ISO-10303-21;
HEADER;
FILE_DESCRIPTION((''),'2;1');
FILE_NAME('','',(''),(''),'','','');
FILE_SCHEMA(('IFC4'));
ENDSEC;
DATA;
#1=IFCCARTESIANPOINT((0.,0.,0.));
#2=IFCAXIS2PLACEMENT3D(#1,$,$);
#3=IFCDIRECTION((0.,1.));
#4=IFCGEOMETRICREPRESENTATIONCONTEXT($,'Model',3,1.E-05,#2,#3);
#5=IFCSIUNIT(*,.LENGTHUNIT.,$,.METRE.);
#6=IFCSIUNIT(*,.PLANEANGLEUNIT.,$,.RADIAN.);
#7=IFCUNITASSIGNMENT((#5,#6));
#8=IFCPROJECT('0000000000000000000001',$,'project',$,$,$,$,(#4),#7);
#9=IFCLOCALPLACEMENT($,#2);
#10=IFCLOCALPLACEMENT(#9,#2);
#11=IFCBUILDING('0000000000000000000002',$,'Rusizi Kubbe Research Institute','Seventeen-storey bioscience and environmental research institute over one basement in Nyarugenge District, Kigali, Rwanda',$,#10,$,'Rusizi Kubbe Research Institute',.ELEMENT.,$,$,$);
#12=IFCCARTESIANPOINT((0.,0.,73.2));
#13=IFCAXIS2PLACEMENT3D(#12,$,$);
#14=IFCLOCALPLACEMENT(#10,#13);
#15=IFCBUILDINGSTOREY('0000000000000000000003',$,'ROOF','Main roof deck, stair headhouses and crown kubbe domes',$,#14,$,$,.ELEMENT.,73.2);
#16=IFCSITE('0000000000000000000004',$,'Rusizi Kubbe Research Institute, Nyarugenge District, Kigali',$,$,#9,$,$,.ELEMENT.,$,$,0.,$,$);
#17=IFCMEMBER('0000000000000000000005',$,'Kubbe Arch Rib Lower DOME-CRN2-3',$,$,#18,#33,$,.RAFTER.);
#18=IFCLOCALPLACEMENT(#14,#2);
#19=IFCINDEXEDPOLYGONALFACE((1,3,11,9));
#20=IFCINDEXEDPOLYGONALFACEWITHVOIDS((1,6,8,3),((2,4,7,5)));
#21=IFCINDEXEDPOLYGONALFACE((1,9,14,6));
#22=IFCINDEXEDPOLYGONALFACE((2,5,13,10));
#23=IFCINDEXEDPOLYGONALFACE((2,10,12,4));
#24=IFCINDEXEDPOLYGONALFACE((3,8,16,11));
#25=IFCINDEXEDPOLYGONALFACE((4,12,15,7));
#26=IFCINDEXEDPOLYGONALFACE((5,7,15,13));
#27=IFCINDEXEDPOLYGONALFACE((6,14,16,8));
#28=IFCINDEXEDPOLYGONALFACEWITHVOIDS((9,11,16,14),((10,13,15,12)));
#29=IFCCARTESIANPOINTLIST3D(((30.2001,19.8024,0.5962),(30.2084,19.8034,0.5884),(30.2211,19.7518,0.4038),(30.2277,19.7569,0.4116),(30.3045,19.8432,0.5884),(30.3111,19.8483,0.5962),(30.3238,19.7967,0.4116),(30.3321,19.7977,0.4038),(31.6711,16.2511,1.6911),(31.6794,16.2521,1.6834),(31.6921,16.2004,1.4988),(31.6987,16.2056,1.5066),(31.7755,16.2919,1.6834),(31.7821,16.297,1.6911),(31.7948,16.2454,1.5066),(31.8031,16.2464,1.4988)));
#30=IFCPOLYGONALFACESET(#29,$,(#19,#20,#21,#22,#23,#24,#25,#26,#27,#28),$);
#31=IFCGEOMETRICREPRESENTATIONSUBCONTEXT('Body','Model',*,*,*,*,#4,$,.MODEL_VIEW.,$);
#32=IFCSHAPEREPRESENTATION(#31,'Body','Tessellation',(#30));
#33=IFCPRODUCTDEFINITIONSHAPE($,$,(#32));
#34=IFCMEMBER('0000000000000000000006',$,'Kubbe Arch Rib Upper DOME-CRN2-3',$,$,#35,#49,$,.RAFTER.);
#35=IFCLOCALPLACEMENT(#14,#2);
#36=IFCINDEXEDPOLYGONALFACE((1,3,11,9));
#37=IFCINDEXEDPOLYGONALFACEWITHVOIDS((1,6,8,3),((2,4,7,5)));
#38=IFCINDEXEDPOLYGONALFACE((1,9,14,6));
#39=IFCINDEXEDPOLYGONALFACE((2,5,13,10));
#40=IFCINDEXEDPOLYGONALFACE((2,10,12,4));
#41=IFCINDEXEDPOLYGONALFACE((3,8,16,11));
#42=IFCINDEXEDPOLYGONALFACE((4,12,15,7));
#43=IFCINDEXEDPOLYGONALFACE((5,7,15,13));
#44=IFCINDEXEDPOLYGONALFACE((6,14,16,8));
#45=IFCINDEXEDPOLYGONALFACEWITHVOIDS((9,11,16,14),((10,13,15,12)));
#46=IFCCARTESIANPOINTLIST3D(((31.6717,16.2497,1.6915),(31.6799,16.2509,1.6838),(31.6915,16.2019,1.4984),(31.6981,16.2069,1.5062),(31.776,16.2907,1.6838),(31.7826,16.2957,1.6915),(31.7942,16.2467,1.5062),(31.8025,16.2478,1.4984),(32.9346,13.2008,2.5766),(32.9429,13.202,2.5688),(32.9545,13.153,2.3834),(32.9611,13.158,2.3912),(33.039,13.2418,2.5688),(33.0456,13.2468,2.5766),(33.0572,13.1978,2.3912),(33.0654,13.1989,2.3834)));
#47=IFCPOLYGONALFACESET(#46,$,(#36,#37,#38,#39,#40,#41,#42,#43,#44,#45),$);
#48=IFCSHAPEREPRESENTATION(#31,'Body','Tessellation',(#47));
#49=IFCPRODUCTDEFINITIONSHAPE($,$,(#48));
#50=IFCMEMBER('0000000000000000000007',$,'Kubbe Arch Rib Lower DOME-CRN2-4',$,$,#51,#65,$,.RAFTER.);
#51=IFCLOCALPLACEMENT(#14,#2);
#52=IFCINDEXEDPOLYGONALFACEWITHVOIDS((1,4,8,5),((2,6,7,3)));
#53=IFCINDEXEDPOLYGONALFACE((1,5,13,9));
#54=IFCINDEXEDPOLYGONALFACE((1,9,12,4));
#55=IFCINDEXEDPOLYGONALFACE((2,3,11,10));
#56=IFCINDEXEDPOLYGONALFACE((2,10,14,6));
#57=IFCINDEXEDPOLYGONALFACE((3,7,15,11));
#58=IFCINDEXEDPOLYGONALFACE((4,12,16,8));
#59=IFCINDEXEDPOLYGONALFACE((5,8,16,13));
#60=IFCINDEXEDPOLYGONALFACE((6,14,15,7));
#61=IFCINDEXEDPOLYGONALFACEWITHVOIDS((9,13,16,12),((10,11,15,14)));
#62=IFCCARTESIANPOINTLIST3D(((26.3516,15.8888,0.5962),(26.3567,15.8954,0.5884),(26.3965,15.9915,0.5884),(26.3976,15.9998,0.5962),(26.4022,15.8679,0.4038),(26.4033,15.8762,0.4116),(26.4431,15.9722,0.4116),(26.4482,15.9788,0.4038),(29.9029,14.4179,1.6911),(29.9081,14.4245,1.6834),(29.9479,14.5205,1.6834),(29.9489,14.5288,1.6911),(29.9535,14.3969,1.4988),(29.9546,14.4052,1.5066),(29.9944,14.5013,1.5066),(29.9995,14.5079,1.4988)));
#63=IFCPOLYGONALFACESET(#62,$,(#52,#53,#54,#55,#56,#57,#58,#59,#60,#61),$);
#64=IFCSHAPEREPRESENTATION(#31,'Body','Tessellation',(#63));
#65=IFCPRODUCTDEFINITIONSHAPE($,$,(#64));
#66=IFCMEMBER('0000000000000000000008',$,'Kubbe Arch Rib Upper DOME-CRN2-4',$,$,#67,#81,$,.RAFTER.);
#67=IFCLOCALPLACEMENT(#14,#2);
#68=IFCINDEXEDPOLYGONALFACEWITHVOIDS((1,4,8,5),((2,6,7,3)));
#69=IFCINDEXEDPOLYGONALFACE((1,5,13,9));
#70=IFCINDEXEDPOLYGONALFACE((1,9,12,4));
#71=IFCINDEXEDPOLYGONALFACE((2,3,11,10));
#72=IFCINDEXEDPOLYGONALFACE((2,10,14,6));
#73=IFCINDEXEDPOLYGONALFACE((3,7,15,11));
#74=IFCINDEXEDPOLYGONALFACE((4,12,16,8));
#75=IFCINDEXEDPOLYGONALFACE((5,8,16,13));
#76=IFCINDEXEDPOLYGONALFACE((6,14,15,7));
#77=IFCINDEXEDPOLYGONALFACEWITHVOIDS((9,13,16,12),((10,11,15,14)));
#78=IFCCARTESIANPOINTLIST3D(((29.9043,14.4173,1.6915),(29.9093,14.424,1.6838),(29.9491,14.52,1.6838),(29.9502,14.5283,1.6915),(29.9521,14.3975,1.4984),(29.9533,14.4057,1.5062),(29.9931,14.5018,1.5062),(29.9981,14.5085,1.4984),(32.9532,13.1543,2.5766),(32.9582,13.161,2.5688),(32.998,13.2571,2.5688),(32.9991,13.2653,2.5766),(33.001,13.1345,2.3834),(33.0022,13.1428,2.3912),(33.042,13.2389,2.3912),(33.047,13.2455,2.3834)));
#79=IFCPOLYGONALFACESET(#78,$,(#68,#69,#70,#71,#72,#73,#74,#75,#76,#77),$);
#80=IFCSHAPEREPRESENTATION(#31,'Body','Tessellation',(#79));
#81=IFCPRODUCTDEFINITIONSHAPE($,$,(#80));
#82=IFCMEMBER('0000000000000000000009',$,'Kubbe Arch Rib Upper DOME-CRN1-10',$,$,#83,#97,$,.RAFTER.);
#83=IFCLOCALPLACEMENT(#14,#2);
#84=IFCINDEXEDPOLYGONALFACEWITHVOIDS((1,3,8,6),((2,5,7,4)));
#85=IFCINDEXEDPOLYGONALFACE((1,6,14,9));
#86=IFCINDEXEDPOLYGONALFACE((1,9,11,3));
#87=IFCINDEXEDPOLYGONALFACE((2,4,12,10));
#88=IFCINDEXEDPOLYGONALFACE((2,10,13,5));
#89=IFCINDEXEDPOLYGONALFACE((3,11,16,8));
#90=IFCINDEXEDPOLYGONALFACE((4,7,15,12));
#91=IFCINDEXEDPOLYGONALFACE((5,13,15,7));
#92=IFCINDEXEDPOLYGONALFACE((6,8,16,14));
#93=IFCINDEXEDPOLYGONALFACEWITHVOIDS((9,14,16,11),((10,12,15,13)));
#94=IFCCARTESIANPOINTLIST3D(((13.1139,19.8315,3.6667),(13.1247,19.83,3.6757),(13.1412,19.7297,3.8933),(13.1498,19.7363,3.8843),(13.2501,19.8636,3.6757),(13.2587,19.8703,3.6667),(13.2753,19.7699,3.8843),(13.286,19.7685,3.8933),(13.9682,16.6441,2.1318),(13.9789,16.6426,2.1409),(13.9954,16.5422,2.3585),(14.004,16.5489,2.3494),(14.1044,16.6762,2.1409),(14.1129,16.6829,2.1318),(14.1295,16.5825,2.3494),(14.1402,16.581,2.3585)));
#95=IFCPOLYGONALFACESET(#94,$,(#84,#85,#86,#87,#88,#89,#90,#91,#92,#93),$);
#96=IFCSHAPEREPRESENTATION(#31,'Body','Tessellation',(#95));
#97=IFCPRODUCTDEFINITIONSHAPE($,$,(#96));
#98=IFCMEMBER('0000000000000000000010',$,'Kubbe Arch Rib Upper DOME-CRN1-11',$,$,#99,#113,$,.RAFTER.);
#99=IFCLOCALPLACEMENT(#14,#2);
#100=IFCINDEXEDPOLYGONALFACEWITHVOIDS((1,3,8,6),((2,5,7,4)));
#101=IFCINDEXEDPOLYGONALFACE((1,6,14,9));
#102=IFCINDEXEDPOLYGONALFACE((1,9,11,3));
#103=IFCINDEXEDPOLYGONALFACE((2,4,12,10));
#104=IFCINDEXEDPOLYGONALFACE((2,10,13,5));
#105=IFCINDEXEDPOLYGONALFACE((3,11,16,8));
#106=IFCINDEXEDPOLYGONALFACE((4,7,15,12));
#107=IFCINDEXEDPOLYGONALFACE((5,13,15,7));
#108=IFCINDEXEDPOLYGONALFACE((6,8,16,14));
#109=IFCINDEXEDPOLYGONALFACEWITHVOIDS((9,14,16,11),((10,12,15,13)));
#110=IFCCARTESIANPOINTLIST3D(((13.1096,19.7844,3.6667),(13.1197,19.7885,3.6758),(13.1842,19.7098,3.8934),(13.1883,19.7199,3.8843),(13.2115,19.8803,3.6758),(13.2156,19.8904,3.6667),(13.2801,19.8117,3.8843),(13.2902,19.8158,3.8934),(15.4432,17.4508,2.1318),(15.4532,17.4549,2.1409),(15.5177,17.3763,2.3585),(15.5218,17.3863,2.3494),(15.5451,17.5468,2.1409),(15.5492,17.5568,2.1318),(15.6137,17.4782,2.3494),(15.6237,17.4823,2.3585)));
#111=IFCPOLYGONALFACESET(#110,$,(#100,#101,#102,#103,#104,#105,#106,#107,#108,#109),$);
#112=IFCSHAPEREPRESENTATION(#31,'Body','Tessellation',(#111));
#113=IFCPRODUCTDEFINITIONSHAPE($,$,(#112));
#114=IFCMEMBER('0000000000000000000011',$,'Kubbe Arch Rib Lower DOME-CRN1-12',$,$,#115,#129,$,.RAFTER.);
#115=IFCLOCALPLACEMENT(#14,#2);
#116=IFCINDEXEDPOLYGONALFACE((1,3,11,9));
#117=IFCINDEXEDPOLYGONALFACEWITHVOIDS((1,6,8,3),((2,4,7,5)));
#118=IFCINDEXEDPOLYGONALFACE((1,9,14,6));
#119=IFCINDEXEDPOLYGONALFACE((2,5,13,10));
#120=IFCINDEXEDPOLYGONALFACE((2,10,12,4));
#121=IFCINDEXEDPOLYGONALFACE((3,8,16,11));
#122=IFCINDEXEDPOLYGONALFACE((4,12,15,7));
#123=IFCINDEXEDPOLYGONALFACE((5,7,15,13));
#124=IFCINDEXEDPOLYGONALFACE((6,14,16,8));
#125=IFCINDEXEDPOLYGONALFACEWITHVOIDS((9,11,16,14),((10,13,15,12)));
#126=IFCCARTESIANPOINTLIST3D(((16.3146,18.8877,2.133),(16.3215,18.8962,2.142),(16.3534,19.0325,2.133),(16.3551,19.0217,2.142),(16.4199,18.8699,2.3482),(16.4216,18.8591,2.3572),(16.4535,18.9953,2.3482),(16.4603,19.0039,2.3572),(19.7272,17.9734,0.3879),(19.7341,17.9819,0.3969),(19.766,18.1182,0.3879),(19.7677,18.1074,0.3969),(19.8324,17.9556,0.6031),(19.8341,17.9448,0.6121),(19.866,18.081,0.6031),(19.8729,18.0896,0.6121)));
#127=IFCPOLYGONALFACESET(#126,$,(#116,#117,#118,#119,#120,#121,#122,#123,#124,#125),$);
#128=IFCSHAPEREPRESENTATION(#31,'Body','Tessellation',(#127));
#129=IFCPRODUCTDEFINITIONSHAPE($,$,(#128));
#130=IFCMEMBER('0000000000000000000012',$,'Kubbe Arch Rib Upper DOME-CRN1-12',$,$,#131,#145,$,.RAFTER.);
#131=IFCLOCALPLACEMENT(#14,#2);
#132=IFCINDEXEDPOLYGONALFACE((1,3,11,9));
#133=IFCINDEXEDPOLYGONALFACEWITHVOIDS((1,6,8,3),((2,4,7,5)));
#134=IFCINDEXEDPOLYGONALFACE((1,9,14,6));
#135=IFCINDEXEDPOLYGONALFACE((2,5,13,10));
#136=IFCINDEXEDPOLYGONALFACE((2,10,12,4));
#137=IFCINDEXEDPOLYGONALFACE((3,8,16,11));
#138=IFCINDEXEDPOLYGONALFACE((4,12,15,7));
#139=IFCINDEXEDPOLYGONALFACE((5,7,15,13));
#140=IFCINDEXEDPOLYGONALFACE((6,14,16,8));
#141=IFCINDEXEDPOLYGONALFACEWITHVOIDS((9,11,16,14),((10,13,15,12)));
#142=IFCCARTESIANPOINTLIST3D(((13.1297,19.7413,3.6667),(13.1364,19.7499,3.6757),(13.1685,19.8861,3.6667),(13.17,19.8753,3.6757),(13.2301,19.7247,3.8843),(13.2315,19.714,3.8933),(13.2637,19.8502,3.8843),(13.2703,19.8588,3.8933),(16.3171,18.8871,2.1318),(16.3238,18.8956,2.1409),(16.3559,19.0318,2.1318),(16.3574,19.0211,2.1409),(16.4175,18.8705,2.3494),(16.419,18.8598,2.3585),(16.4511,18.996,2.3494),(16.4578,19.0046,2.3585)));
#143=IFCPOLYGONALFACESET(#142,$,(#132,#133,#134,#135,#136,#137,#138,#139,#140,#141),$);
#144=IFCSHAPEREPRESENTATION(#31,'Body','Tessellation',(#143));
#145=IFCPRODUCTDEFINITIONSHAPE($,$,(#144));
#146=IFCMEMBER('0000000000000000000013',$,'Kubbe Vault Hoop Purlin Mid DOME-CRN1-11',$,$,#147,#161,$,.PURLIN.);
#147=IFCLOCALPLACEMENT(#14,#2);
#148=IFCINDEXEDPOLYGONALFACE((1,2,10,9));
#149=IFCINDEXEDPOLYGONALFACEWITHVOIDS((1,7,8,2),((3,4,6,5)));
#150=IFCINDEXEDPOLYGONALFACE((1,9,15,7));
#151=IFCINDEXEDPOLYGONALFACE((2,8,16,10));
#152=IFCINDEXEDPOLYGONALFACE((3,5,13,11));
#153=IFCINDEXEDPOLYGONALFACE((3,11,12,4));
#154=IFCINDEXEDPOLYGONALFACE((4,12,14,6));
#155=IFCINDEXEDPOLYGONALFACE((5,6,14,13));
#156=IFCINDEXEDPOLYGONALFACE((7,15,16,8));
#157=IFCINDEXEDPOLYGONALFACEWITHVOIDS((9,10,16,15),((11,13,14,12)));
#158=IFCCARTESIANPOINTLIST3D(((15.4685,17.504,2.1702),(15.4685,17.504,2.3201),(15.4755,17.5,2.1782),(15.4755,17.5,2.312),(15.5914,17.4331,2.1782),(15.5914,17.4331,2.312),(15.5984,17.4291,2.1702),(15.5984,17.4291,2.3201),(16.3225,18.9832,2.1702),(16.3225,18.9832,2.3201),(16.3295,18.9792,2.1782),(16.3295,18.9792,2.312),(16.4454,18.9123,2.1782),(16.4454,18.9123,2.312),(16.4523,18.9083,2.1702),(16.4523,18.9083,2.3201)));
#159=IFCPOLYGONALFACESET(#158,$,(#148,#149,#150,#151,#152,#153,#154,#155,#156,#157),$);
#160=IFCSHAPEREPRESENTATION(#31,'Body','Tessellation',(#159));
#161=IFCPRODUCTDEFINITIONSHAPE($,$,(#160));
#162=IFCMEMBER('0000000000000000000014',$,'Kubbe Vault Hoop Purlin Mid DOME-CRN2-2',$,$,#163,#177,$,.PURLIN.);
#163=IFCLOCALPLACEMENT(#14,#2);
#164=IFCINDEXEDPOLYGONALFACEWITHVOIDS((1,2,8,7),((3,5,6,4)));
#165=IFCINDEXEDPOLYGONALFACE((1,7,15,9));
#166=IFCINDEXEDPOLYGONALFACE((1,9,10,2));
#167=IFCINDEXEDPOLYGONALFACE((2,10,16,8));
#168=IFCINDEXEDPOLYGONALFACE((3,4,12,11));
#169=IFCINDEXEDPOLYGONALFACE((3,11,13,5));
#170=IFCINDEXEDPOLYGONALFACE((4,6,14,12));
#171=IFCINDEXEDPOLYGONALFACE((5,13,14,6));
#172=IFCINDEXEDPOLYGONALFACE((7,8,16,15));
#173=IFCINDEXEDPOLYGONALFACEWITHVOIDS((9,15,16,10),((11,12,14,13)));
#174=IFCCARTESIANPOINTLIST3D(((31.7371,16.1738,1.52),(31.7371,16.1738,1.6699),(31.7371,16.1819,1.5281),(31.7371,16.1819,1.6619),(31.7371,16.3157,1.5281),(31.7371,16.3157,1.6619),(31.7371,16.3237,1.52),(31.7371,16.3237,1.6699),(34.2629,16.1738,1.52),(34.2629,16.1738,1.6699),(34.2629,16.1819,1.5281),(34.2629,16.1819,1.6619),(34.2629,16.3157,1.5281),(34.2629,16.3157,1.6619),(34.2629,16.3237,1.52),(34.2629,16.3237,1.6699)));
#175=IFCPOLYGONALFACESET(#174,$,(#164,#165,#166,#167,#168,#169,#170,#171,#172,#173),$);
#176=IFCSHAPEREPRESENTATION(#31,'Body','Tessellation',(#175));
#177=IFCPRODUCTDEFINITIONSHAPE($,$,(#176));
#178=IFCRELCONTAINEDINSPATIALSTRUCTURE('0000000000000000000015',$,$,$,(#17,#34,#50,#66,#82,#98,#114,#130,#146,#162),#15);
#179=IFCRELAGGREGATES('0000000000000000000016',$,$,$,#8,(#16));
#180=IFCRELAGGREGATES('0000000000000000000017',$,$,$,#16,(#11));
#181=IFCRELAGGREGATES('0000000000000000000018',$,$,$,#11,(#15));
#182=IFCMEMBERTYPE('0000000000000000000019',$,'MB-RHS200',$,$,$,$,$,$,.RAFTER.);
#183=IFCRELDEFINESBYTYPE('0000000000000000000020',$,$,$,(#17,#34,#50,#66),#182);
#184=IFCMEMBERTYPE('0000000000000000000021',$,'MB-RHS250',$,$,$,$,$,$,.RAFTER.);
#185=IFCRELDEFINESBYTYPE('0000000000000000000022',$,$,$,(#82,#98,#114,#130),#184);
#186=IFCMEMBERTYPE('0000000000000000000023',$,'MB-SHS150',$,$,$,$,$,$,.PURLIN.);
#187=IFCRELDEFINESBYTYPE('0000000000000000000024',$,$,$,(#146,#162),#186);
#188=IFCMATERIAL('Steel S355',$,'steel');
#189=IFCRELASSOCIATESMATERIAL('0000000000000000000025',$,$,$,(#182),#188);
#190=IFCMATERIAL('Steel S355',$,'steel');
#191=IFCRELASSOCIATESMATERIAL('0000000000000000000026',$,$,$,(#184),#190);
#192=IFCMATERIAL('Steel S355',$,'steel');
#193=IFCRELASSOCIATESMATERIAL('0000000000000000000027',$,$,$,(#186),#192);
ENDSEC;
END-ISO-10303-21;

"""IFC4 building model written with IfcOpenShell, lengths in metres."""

from ifc_helpers import new_model, si_unit, direction, frame, origin, origin_2d, place, context, subcontext, project, spatial, hollow_rectangle, extrude, material, material_profile, profile_set, type_object, element, save


model = new_model("IFC4")

# Units and contexts
model_context = context("Model", 3, precision=1e-05, world=origin(), true_north=direction((0.0, 1.0)))
body_context = subcontext(model_context, "Body", "Model", "MODEL_VIEW")
ifc_project = project(units=[si_unit("LENGTHUNIT", "METRE"), si_unit("PLANEANGLEUNIT", "RADIAN")], contexts=[model_context])

# Site, building, storey
site_placement = place(None, origin())
site = spatial("IfcSite", under=ifc_project, at=site_placement, Name="Rusizi Kubbe Research Institute, Nyarugenge District, Kigali", CompositionType="ELEMENT", RefElevation=0.0)
building_placement = place(site_placement, origin())
building = spatial("IfcBuilding", under=site, at=building_placement, Name="Rusizi Kubbe Research Institute", Description="Seventeen-storey bioscience and environmental research institute over one basement in Nyarugenge District, Kigali, Rwanda", LongName="Rusizi Kubbe Research Institute", CompositionType="ELEMENT")
storey_placement = place(building_placement, frame((0.0, 0.0, 73.2)))
storey = spatial("IfcBuildingStorey", under=building, at=storey_placement, Name="ROOF", Description="Main roof deck, stair headhouses and crown kubbe domes", CompositionType="ELEMENT", Elevation=73.2)

# Members
ifc_material_1 = material(Name="Steel S355", Category="steel")
ifc_material_profile_1 = material_profile(ifc_material_1, hollow_rectangle(XDim=0.1201, YDim=0.2, WallThickness=0.0081, at=origin_2d()), Name="RHS 200x120x8.0")
ifc_profile_set_1 = profile_set([ifc_material_profile_1], Name="Steel S355")
member_type_1 = type_object("IfcMemberType", Name="MB-RHS200", PredefinedType="RAFTER", material=ifc_profile_set_1)
member_1_placement = place(storey_placement, frame((30.2661, 19.8, 0.5), z_axis=(0.368034, -0.888535, 0.273964), x_axis=(0.923883, 0.382675, 0.0)))
element("IfcMember", 1, at=member_1_placement, inside=storey, type_object=member_type_1, Name="Kubbe Arch Rib Lower DOME-CRN2-3", PredefinedType="RAFTER", context=body_context, shape_type="SweptSolid", body=[
    extrude(hollow_rectangle(XDim=0.1201, YDim=0.2, WallThickness=0.0081, at=origin_2d()), origin(), (0.0, 0.0, 1.0), 3.9968),
])
member_2_placement = place(storey_placement, frame((31.7371, 16.2488, 1.595), z_axis=(0.369641, -0.89234, 0.259027), x_axis=(0.923872, 0.382702, 0.0)))
element("IfcMember", 2, at=member_2_placement, inside=storey, type_object=member_type_1, Name="Kubbe Arch Rib Upper DOME-CRN2-3", PredefinedType="RAFTER", context=body_context, shape_type="SweptSolid", body=[
    extrude(hollow_rectangle(XDim=0.1201, YDim=0.2, WallThickness=0.0081, at=origin_2d()), origin(), (0.0, 0.0, 1.0), 3.4167),
])
member_3_placement = place(storey_placement, frame((26.3999, 15.9338, 0.5), z_axis=(0.888535, -0.368034, 0.273964), x_axis=(0.382675, 0.923883, 0.0)))
element("IfcMember", 3, at=member_3_placement, inside=storey, type_object=member_type_1, Name="Kubbe Arch Rib Lower DOME-CRN2-4", PredefinedType="RAFTER", context=body_context, shape_type="SweptSolid", body=[
    extrude(hollow_rectangle(XDim=0.1201, YDim=0.2, WallThickness=0.0081, at=origin_2d()), origin(), (0.0, 0.0, 1.0), 3.9968),
])
member_4_placement = place(storey_placement, frame((29.9512, 14.4629, 1.595), z_axis=(0.89234, -0.369641, 0.259027), x_axis=(0.382702, 0.923872, 0.0)))
element("IfcMember", 4, at=member_4_placement, inside=storey, type_object=member_type_1, Name="Kubbe Arch Rib Upper DOME-CRN2-4", PredefinedType="RAFTER", context=body_context, shape_type="SweptSolid", body=[
    extrude(hollow_rectangle(XDim=0.1201, YDim=0.2, WallThickness=0.0081, at=origin_2d()), origin(), (0.0, 0.0, 1.0), 3.4167),
])
ifc_material_2 = material(Name="Steel S355", Category="steel")
ifc_material_profile_2 = material_profile(ifc_material_2, hollow_rectangle(XDim=0.1499, YDim=0.25, WallThickness=0.01, at=origin_2d()), Name="RHS 250x150x10.0")
ifc_profile_set_2 = profile_set([ifc_material_profile_2], Name="Steel S355")
member_type_2 = type_object("IfcMemberType", Name="MB-RHS250", PredefinedType="RAFTER", material=ifc_profile_set_2)
member_5_placement = place(storey_placement, frame((14.0542, 16.6125, 2.2451), z_axis=(-0.234717, 0.875811, 0.421739), x_axis=(-0.965914, -0.258864, 0.0)))
element("IfcMember", 5, at=member_5_placement, inside=storey, type_object=member_type_2, Name="Kubbe Arch Rib Upper DOME-CRN1-10", PredefinedType="RAFTER", context=body_context, shape_type="SweptSolid", body=[
    extrude(hollow_rectangle(XDim=0.1499, YDim=0.25, WallThickness=0.01, at=origin_2d()), origin(), (0.0, 0.0, 1.0), 3.6394),
])
member_6_placement = place(storey_placement, frame((15.5334, 17.4666, 2.2451), z_axis=(-0.641149, 0.641149, 0.421731), x_axis=(-0.707107, -0.707107, 0.0)))
element("IfcMember", 6, at=member_6_placement, inside=storey, type_object=member_type_2, Name="Kubbe Arch Rib Upper DOME-CRN1-11", PredefinedType="RAFTER", context=body_context, shape_type="SweptSolid", body=[
    extrude(hollow_rectangle(XDim=0.1499, YDim=0.25, WallThickness=0.01, at=origin_2d()), origin(), (0.0, 0.0, 1.0), 3.6396),
])
member_7_placement = place(storey_placement, frame((19.8, 18.0315, 0.5), z_axis=(-0.866041, 0.232031, 0.442872), x_axis=(-0.258794, -0.965933, 0.0)))
element("IfcMember", 7, at=member_7_placement, inside=storey, type_object=member_type_2, Name="Kubbe Arch Rib Lower DOME-CRN1-12", PredefinedType="RAFTER", context=body_context, shape_type="SweptSolid", body=[
    extrude(hollow_rectangle(XDim=0.1499, YDim=0.25, WallThickness=0.01, at=origin_2d()), origin(), (0.0, 0.0, 1.0), 3.9404),
])
member_8_placement = place(storey_placement, frame((16.3875, 18.9458, 2.2451), z_axis=(-0.875811, 0.234717, 0.421739), x_axis=(-0.258864, -0.965914, 0.0)))
element("IfcMember", 8, at=member_8_placement, inside=storey, type_object=member_type_2, Name="Kubbe Arch Rib Upper DOME-CRN1-12", PredefinedType="RAFTER", context=body_context, shape_type="SweptSolid", body=[
    extrude(hollow_rectangle(XDim=0.1499, YDim=0.25, WallThickness=0.01, at=origin_2d()), origin(), (0.0, 0.0, 1.0), 3.6394),
])
ifc_material_3 = material(Name="Steel S355", Category="steel")
ifc_material_profile_3 = material_profile(ifc_material_3, hollow_rectangle(XDim=0.1499, YDim=0.1499, WallThickness=0.0081, at=origin_2d()), Name="SHS 150x150x8.0")
ifc_profile_set_3 = profile_set([ifc_material_profile_3], Name="Steel S355")
member_type_3 = type_object("IfcMemberType", Name="MB-SHS150", PredefinedType="PURLIN", material=ifc_profile_set_3)
member_9_placement = place(storey_placement, frame((15.5334, 17.4666, 2.2451), z_axis=(0.499982, 0.866036, 0.0), x_axis=(-0.866036, 0.499982, 0.0)))
element("IfcMember", 9, at=member_9_placement, inside=storey, type_object=member_type_3, Name="Kubbe Vault Hoop Purlin Mid DOME-CRN1-11", PredefinedType="PURLIN", context=body_context, shape_type="SweptSolid", body=[
    extrude(hollow_rectangle(XDim=0.1499, YDim=0.1499, WallThickness=0.0081, at=origin_2d()), origin(), (0.0, 0.0, 1.0), 1.708),
])
member_10_placement = place(storey_placement, frame((34.2629, 16.2488, 1.595), z_axis=(-1.0, 0.0, 0.0), x_axis=(0.0, -1.0, 0.0)))
element("IfcMember", 10, at=member_10_placement, inside=storey, type_object=member_type_3, Name="Kubbe Vault Hoop Purlin Mid DOME-CRN2-2", PredefinedType="PURLIN", context=body_context, shape_type="SweptSolid", body=[
    extrude(hollow_rectangle(XDim=0.1499, YDim=0.1499, WallThickness=0.0081, at=origin_2d()), origin(), (0.0, 0.0, 1.0), 2.5259),
])

save(model, "model.ifc")
